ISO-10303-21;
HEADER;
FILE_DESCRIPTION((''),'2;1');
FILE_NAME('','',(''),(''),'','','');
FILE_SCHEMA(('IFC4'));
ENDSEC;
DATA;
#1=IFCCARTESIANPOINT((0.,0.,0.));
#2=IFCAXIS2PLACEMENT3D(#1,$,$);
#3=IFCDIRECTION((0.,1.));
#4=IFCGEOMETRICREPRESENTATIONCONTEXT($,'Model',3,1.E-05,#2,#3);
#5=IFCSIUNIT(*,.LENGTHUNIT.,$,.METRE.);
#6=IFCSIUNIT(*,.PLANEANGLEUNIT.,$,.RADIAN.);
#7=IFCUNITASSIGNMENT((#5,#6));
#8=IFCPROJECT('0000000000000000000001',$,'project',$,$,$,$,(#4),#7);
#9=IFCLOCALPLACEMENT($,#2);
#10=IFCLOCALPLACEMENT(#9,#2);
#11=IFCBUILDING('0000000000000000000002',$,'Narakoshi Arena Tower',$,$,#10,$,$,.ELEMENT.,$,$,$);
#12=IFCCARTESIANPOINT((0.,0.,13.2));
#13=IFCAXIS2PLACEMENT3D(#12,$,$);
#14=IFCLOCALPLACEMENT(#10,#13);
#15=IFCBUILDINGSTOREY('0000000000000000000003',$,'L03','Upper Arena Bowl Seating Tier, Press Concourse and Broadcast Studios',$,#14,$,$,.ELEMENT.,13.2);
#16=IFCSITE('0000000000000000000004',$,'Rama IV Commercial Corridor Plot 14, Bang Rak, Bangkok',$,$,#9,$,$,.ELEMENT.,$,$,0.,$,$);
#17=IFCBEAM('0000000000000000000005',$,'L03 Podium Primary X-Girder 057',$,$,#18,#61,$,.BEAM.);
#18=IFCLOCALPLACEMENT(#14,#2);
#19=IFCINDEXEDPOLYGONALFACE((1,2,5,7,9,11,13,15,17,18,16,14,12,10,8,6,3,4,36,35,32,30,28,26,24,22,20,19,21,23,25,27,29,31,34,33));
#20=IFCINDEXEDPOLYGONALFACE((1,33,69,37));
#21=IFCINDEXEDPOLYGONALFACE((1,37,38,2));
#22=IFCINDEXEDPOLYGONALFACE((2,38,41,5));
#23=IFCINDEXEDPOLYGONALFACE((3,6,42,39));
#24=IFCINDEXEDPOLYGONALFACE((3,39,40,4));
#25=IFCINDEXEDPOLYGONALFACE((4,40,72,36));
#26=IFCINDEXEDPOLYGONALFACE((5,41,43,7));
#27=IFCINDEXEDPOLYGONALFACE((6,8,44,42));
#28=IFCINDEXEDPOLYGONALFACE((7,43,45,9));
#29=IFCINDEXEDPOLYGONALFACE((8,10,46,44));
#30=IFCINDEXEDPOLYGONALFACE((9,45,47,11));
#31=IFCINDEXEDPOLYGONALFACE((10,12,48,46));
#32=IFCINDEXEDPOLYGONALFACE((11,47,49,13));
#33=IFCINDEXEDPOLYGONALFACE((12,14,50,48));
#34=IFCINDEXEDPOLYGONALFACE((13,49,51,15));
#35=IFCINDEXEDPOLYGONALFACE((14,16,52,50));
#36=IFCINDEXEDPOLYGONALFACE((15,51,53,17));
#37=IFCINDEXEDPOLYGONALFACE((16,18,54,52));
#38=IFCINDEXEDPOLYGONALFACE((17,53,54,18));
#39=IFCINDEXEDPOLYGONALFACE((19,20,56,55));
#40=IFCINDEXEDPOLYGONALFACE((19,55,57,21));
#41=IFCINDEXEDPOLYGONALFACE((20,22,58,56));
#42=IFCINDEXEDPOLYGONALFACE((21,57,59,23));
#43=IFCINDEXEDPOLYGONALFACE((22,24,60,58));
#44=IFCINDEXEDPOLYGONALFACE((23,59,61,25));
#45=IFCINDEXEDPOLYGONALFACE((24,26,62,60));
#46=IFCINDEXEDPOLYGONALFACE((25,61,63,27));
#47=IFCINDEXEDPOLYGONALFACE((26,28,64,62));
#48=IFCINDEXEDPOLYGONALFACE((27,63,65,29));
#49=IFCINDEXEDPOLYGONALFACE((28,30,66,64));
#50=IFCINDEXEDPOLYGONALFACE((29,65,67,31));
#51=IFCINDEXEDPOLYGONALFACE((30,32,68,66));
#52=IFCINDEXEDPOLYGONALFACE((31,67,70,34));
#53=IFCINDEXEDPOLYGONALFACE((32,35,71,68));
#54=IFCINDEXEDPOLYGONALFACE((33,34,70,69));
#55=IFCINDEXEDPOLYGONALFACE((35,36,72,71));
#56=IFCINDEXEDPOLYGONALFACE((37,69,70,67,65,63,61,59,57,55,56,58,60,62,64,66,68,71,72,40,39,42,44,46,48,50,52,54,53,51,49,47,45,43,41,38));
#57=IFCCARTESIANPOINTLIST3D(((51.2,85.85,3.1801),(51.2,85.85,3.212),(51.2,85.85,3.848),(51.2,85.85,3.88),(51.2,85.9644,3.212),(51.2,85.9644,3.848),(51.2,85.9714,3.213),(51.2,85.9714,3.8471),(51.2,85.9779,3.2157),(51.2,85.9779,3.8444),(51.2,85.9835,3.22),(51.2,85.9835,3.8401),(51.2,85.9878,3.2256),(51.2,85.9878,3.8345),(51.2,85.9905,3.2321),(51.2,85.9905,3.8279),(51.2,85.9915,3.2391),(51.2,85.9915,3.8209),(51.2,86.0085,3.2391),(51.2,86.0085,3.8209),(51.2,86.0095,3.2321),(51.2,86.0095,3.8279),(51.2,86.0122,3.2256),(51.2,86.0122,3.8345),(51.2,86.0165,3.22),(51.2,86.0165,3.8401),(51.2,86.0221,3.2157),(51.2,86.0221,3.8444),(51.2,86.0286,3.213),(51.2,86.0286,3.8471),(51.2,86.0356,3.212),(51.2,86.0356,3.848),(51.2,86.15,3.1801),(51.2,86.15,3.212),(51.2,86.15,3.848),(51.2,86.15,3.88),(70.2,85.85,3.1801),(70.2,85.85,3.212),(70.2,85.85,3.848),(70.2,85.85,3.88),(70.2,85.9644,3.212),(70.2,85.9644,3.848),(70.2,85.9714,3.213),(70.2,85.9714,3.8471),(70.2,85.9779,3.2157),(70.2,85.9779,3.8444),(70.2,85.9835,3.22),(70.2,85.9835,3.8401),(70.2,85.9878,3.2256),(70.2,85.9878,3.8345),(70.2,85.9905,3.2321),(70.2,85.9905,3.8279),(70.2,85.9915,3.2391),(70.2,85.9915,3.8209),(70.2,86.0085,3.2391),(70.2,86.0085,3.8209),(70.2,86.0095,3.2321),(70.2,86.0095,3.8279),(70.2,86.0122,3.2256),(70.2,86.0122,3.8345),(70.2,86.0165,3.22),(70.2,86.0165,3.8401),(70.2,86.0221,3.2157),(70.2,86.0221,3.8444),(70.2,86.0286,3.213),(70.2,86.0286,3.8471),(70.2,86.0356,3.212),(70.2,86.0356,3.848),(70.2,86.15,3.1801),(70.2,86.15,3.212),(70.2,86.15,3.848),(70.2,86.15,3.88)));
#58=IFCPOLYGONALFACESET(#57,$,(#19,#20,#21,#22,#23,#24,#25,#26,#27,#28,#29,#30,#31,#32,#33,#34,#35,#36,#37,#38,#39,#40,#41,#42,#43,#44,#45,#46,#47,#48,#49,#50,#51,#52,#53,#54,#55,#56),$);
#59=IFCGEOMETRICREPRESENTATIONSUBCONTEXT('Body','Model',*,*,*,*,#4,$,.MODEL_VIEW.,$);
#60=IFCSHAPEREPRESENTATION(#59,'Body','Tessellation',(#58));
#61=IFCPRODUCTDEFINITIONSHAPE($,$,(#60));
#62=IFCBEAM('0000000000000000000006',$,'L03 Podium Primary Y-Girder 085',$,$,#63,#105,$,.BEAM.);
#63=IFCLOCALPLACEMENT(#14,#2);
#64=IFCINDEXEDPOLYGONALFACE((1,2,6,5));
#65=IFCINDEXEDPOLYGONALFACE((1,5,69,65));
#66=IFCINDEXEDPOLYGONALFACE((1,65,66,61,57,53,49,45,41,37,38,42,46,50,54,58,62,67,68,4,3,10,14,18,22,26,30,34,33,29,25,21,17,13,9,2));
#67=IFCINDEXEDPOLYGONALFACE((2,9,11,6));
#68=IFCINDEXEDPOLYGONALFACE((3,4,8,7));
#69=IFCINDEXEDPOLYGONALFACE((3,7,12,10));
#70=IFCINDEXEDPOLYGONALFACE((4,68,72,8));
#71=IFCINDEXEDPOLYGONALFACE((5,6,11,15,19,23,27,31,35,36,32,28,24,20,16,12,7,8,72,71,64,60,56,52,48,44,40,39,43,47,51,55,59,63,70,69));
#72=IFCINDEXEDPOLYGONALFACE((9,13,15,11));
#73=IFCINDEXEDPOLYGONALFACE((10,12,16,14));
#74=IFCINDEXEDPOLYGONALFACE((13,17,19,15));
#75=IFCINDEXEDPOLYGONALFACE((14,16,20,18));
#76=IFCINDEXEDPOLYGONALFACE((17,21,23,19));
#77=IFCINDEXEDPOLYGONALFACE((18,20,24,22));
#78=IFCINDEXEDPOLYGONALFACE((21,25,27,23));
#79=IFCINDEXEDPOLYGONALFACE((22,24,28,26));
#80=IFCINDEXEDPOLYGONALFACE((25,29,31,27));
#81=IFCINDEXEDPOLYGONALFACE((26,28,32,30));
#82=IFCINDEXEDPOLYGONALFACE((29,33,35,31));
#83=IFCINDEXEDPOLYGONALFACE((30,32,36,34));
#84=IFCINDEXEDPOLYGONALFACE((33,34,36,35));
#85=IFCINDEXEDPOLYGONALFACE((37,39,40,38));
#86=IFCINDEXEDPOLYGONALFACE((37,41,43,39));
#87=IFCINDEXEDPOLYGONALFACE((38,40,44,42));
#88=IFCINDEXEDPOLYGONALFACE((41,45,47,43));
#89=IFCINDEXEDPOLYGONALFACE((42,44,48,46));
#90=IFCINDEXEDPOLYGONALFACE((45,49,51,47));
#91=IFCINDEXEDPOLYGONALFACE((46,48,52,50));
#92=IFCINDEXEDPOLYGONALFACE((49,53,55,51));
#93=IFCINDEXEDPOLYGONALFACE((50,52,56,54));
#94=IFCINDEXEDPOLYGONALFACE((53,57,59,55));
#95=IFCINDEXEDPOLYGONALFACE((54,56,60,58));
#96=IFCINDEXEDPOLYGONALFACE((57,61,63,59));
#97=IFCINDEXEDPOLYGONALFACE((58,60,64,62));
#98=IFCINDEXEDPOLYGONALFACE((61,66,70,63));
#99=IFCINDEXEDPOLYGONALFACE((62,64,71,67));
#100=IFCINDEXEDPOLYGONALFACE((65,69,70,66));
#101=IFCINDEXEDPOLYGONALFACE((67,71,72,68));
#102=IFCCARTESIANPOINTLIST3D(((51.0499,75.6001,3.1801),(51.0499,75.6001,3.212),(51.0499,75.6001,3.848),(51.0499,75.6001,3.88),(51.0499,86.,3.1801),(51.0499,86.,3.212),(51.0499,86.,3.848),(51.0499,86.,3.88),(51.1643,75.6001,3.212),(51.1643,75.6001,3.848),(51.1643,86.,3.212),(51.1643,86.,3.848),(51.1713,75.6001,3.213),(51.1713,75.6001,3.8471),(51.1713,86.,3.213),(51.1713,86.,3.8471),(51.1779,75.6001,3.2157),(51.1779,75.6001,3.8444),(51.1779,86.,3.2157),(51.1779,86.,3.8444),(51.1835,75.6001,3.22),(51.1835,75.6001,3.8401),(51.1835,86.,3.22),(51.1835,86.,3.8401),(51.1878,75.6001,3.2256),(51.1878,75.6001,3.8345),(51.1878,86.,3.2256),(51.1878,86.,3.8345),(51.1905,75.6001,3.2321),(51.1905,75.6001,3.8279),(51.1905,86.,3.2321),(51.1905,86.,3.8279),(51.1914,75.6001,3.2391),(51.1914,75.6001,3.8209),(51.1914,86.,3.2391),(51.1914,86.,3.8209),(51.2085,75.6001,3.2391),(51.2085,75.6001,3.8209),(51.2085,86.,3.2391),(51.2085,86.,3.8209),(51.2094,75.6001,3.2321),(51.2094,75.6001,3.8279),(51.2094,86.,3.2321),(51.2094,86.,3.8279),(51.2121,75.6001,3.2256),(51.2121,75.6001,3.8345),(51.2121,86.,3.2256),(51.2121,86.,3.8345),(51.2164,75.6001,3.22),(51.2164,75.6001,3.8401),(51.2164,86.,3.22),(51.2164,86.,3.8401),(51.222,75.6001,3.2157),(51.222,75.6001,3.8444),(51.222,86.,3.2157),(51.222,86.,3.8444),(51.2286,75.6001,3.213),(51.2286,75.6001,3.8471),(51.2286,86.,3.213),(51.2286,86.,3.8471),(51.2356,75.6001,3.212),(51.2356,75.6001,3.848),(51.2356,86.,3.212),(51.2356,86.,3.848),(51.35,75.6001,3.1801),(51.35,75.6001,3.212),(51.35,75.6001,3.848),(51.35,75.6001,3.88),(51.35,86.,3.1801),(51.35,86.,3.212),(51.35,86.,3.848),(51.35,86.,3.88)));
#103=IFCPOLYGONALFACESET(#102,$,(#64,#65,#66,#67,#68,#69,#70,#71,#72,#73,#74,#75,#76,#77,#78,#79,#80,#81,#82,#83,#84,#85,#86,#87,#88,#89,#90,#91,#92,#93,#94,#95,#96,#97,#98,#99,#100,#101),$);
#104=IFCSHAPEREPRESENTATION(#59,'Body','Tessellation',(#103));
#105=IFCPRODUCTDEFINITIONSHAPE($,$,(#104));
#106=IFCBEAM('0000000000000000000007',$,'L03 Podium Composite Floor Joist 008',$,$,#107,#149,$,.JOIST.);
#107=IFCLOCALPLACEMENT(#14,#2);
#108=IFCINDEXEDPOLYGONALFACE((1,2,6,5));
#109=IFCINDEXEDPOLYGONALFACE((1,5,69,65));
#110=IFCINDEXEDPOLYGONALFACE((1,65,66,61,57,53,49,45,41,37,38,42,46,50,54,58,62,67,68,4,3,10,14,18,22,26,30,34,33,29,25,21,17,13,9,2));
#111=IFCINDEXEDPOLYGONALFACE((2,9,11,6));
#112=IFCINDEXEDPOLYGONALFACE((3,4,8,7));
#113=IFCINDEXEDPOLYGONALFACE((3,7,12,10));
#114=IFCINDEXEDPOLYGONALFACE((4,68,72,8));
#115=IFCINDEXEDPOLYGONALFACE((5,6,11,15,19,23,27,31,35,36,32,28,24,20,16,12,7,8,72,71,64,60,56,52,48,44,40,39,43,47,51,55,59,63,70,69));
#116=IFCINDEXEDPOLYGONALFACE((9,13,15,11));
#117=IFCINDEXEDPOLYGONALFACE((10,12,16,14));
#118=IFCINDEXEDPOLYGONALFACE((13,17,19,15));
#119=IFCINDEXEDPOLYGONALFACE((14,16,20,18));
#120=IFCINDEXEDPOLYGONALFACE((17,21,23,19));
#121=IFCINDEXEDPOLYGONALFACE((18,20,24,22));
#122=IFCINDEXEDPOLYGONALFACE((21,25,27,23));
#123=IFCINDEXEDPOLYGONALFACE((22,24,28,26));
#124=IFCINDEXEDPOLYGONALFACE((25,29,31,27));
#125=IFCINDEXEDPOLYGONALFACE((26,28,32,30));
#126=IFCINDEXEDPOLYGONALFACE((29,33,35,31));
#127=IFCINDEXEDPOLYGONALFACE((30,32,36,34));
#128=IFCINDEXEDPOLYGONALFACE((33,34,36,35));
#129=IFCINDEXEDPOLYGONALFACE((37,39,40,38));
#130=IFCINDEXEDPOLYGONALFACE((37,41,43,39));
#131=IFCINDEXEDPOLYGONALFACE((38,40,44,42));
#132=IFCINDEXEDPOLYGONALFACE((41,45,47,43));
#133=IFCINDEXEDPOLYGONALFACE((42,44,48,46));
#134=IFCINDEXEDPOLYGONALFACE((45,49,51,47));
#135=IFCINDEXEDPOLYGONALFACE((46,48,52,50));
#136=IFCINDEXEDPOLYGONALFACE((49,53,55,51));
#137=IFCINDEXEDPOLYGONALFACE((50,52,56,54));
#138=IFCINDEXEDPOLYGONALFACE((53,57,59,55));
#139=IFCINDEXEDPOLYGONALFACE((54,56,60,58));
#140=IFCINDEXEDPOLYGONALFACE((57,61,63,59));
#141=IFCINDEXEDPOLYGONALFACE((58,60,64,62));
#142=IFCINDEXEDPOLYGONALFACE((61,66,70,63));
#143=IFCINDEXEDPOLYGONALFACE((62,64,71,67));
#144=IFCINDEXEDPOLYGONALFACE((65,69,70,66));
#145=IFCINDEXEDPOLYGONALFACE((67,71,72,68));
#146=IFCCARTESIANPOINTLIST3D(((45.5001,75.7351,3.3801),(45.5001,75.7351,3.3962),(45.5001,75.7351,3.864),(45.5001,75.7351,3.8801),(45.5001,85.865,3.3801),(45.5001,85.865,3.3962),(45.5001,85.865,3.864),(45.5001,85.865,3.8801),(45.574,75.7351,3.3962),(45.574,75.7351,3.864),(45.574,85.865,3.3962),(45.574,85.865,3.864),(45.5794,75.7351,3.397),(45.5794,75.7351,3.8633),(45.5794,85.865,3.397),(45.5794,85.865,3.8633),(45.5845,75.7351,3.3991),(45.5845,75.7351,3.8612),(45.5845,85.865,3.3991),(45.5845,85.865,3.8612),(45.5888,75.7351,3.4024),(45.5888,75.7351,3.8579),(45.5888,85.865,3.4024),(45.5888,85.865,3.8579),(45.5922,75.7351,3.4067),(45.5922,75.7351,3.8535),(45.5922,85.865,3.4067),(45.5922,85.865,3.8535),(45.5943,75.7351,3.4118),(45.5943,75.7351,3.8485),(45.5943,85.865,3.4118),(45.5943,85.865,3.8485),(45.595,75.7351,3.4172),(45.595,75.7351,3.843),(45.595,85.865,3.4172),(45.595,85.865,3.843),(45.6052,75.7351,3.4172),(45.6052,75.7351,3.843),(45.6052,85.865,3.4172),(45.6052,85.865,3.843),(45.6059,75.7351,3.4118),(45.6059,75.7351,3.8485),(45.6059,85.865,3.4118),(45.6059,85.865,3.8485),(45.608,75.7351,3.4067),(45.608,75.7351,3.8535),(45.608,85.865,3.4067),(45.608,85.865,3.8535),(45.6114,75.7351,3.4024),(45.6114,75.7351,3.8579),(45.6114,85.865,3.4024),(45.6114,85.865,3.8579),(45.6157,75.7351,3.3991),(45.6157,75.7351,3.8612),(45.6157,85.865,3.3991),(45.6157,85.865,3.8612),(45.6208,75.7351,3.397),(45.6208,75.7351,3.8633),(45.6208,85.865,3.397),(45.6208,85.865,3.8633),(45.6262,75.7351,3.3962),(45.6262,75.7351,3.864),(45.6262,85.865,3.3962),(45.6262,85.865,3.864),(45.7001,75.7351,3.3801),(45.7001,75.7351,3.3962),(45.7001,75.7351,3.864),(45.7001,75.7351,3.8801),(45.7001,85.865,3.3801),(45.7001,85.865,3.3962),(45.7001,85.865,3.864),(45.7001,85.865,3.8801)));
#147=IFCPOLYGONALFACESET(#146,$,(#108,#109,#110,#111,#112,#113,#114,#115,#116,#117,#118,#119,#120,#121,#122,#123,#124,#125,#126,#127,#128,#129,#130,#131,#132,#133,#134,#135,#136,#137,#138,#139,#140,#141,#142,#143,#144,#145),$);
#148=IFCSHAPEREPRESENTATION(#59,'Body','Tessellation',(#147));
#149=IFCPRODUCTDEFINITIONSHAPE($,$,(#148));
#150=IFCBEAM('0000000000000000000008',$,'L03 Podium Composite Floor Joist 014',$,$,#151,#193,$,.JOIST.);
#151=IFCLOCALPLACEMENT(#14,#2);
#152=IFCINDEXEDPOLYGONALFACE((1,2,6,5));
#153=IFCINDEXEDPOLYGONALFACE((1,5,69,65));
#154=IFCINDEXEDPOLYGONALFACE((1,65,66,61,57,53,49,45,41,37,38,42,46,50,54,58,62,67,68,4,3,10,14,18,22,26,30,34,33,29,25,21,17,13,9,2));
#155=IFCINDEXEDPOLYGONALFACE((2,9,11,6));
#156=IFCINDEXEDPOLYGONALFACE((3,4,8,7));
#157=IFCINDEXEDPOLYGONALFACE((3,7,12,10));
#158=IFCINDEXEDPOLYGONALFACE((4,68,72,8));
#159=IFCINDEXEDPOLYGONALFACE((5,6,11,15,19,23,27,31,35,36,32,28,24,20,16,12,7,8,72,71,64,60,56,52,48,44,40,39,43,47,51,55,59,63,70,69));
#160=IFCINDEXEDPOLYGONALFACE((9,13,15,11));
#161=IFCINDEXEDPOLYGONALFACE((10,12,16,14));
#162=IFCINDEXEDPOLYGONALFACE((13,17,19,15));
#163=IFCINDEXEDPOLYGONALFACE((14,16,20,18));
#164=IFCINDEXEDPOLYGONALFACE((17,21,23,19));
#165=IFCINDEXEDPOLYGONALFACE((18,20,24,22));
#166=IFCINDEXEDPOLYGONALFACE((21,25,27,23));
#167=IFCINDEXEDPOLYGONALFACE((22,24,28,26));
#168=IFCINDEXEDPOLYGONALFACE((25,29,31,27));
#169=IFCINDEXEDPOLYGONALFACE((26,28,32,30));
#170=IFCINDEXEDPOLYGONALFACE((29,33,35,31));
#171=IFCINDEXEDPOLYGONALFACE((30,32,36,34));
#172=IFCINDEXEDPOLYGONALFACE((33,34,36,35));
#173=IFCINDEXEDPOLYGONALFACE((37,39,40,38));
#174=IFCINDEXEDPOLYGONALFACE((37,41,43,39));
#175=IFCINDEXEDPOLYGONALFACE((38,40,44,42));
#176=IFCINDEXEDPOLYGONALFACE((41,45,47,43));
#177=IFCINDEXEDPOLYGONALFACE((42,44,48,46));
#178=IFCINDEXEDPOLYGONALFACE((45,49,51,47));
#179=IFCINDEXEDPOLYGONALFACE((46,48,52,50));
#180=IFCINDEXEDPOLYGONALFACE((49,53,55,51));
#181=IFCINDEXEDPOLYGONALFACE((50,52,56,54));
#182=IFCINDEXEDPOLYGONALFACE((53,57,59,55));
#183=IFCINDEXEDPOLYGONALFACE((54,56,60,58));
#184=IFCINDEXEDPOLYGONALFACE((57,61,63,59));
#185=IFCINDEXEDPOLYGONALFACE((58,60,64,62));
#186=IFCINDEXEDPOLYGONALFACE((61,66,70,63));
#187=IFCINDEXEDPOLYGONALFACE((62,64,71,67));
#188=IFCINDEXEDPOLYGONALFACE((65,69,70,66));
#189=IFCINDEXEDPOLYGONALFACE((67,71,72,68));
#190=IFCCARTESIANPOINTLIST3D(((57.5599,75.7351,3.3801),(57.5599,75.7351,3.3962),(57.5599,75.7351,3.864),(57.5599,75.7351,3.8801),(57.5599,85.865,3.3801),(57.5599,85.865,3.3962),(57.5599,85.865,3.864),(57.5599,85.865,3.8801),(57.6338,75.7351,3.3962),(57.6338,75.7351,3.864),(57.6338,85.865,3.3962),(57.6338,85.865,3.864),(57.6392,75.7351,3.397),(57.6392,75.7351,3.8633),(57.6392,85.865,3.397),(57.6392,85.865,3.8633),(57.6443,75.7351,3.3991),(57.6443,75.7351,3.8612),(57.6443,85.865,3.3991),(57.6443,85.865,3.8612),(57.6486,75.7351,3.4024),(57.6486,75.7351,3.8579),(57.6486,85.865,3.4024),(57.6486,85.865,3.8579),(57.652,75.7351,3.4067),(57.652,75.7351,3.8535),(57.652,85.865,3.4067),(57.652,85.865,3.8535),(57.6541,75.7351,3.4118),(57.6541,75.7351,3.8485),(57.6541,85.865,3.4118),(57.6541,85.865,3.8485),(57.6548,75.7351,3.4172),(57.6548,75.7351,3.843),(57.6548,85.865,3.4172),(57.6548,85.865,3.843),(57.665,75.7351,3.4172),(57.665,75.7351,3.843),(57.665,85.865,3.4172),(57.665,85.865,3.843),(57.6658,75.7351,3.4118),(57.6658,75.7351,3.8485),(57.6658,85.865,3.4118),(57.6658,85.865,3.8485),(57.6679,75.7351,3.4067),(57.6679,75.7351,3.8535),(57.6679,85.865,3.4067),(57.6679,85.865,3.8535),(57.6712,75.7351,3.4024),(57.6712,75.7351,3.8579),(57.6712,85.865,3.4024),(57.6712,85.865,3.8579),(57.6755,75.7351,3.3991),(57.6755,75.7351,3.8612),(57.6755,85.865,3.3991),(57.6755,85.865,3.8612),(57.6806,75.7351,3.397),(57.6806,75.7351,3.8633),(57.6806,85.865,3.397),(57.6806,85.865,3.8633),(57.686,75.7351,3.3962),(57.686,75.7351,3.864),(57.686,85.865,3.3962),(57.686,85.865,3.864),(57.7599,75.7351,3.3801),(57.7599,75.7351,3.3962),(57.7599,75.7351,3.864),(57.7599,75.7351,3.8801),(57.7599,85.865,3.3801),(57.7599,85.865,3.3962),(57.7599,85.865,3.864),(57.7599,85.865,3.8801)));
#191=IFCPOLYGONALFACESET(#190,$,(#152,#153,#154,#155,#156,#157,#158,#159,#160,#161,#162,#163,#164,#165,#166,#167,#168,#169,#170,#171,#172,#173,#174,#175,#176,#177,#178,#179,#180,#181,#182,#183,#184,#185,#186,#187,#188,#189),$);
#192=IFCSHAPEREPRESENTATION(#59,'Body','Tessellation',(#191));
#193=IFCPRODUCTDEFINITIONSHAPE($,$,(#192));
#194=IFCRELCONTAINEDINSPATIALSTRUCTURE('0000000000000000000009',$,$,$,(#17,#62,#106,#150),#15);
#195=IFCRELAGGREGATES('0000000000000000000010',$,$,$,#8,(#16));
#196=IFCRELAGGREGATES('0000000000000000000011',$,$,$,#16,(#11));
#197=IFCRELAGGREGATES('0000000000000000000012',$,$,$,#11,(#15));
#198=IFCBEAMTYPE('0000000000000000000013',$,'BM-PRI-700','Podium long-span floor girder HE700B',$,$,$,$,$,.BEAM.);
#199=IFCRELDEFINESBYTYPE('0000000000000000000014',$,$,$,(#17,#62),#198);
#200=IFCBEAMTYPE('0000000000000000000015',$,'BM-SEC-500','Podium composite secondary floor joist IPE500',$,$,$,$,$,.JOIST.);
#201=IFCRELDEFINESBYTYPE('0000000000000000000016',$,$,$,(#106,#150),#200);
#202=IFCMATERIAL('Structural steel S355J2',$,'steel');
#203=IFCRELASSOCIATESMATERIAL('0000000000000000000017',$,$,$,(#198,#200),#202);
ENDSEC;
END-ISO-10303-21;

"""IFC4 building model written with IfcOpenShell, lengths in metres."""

from ifc_helpers import new_model, si_unit, direction, frame, origin, origin_2d, place, context, subcontext, project, spatial, i_section, extrude, material, material_profile, profile_set, type_object, element, save


model = new_model("IFC4")

# Units and contexts
model_context = context("Model", 3, precision=1e-05, world=origin(), true_north=direction((0.0, 1.0)))
body_context = subcontext(model_context, "Body", "Model", "MODEL_VIEW")
ifc_project = project(units=[si_unit("LENGTHUNIT", "METRE"), si_unit("PLANEANGLEUNIT", "RADIAN")], contexts=[model_context])

# Site, building, storey
site_placement = place(None, origin())
site = spatial("IfcSite", under=ifc_project, at=site_placement, Name="Rama IV Commercial Corridor Plot 14, Bang Rak, Bangkok", CompositionType="ELEMENT", RefElevation=0.0)
building_placement = place(site_placement, origin())
building = spatial("IfcBuilding", under=site, at=building_placement, Name="Narakoshi Arena Tower", CompositionType="ELEMENT")
storey_placement = place(building_placement, frame((0.0, 0.0, 13.2)))
storey = spatial("IfcBuildingStorey", under=building, at=storey_placement, Name="L03", Description="Upper Arena Bowl Seating Tier, Press Concourse and Broadcast Studios", CompositionType="ELEMENT", Elevation=13.2)

# Beams
ifc_material_1 = material(Name="Structural steel S355J2", Category="steel")
ifc_material_profile_1 = material_profile(ifc_material_1, i_section(OverallWidth=0.3, OverallDepth=0.7, WebThickness=0.0171, FlangeThickness=0.032, FilletRadius=0.0271, at=origin_2d()), Name="HE700B")
ifc_profile_set_1 = profile_set([ifc_material_profile_1], Name="Structural steel S355J2")
beam_type_1 = type_object("IfcBeamType", Name="BM-PRI-700", Description="Podium long-span floor girder HE700B", PredefinedType="BEAM", material=ifc_profile_set_1)
beam_1_placement = place(storey_placement, frame((51.2, 86.0, 3.53), z_axis=(1.0, 0.0, 0.0), x_axis=(0.0, 1.0, 0.0)))
element("IfcBeam", 1, at=beam_1_placement, inside=storey, type_object=beam_type_1, Name="L03 Podium Primary X-Girder 057", PredefinedType="BEAM", context=body_context, shape_type="SweptSolid", body=[
    extrude(i_section(OverallWidth=0.3, OverallDepth=0.7, WebThickness=0.0171, FlangeThickness=0.032, FilletRadius=0.0271, at=origin_2d()), origin(), (0.0, 0.0, 1.0), 19.0),
])
beam_2_placement = place(storey_placement, frame((51.2, 75.6001, 3.53), z_axis=(0.0, 1.0, 0.0), x_axis=(-1.0, 0.0, 0.0)))
element("IfcBeam", 2, at=beam_2_placement, inside=storey, type_object=beam_type_1, Name="L03 Podium Primary Y-Girder 085", PredefinedType="BEAM", context=body_context, shape_type="SweptSolid", body=[
    extrude(i_section(OverallWidth=0.3, OverallDepth=0.7, WebThickness=0.0171, FlangeThickness=0.032, FilletRadius=0.0271, at=origin_2d()), origin(), (0.0, 0.0, 1.0), 10.3999),
])
ifc_material_profile_2 = material_profile(ifc_material_1, i_section(OverallWidth=0.2, OverallDepth=0.5, WebThickness=0.0103, FlangeThickness=0.0161, FilletRadius=0.021, at=origin_2d()), Name="IPE500")
ifc_profile_set_2 = profile_set([ifc_material_profile_2], Name="Structural steel S355J2")
beam_type_2 = type_object("IfcBeamType", Name="BM-SEC-500", Description="Podium composite secondary floor joist IPE500", PredefinedType="JOIST", material=ifc_profile_set_2)
for number, where, z_axis, x_axis, name in (
    (3, (45.6001, 75.7351, 3.6301), (0.0, 1.0, 0.0), (-1.0, 0.0, 0.0), "L03 Podium Composite Floor Joist 008"),
    (4, (57.6599, 75.7351, 3.6301), (0.0, 1.0, 0.0), (-1.0, 0.0, 0.0), "L03 Podium Composite Floor Joist 014"),
):
    element("IfcBeam", number, at=place(storey_placement, frame(where, z_axis=z_axis, x_axis=x_axis)), inside=storey, type_object=beam_type_2, Name=name, PredefinedType="JOIST", context=body_context, shape_type="SweptSolid", body=[
        extrude(i_section(OverallWidth=0.2, OverallDepth=0.5, WebThickness=0.0103, FlangeThickness=0.0161, FilletRadius=0.021, at=origin_2d()), origin(), (0.0, 0.0, 1.0), 10.1299),
    ])

save(model, "model.ifc")
